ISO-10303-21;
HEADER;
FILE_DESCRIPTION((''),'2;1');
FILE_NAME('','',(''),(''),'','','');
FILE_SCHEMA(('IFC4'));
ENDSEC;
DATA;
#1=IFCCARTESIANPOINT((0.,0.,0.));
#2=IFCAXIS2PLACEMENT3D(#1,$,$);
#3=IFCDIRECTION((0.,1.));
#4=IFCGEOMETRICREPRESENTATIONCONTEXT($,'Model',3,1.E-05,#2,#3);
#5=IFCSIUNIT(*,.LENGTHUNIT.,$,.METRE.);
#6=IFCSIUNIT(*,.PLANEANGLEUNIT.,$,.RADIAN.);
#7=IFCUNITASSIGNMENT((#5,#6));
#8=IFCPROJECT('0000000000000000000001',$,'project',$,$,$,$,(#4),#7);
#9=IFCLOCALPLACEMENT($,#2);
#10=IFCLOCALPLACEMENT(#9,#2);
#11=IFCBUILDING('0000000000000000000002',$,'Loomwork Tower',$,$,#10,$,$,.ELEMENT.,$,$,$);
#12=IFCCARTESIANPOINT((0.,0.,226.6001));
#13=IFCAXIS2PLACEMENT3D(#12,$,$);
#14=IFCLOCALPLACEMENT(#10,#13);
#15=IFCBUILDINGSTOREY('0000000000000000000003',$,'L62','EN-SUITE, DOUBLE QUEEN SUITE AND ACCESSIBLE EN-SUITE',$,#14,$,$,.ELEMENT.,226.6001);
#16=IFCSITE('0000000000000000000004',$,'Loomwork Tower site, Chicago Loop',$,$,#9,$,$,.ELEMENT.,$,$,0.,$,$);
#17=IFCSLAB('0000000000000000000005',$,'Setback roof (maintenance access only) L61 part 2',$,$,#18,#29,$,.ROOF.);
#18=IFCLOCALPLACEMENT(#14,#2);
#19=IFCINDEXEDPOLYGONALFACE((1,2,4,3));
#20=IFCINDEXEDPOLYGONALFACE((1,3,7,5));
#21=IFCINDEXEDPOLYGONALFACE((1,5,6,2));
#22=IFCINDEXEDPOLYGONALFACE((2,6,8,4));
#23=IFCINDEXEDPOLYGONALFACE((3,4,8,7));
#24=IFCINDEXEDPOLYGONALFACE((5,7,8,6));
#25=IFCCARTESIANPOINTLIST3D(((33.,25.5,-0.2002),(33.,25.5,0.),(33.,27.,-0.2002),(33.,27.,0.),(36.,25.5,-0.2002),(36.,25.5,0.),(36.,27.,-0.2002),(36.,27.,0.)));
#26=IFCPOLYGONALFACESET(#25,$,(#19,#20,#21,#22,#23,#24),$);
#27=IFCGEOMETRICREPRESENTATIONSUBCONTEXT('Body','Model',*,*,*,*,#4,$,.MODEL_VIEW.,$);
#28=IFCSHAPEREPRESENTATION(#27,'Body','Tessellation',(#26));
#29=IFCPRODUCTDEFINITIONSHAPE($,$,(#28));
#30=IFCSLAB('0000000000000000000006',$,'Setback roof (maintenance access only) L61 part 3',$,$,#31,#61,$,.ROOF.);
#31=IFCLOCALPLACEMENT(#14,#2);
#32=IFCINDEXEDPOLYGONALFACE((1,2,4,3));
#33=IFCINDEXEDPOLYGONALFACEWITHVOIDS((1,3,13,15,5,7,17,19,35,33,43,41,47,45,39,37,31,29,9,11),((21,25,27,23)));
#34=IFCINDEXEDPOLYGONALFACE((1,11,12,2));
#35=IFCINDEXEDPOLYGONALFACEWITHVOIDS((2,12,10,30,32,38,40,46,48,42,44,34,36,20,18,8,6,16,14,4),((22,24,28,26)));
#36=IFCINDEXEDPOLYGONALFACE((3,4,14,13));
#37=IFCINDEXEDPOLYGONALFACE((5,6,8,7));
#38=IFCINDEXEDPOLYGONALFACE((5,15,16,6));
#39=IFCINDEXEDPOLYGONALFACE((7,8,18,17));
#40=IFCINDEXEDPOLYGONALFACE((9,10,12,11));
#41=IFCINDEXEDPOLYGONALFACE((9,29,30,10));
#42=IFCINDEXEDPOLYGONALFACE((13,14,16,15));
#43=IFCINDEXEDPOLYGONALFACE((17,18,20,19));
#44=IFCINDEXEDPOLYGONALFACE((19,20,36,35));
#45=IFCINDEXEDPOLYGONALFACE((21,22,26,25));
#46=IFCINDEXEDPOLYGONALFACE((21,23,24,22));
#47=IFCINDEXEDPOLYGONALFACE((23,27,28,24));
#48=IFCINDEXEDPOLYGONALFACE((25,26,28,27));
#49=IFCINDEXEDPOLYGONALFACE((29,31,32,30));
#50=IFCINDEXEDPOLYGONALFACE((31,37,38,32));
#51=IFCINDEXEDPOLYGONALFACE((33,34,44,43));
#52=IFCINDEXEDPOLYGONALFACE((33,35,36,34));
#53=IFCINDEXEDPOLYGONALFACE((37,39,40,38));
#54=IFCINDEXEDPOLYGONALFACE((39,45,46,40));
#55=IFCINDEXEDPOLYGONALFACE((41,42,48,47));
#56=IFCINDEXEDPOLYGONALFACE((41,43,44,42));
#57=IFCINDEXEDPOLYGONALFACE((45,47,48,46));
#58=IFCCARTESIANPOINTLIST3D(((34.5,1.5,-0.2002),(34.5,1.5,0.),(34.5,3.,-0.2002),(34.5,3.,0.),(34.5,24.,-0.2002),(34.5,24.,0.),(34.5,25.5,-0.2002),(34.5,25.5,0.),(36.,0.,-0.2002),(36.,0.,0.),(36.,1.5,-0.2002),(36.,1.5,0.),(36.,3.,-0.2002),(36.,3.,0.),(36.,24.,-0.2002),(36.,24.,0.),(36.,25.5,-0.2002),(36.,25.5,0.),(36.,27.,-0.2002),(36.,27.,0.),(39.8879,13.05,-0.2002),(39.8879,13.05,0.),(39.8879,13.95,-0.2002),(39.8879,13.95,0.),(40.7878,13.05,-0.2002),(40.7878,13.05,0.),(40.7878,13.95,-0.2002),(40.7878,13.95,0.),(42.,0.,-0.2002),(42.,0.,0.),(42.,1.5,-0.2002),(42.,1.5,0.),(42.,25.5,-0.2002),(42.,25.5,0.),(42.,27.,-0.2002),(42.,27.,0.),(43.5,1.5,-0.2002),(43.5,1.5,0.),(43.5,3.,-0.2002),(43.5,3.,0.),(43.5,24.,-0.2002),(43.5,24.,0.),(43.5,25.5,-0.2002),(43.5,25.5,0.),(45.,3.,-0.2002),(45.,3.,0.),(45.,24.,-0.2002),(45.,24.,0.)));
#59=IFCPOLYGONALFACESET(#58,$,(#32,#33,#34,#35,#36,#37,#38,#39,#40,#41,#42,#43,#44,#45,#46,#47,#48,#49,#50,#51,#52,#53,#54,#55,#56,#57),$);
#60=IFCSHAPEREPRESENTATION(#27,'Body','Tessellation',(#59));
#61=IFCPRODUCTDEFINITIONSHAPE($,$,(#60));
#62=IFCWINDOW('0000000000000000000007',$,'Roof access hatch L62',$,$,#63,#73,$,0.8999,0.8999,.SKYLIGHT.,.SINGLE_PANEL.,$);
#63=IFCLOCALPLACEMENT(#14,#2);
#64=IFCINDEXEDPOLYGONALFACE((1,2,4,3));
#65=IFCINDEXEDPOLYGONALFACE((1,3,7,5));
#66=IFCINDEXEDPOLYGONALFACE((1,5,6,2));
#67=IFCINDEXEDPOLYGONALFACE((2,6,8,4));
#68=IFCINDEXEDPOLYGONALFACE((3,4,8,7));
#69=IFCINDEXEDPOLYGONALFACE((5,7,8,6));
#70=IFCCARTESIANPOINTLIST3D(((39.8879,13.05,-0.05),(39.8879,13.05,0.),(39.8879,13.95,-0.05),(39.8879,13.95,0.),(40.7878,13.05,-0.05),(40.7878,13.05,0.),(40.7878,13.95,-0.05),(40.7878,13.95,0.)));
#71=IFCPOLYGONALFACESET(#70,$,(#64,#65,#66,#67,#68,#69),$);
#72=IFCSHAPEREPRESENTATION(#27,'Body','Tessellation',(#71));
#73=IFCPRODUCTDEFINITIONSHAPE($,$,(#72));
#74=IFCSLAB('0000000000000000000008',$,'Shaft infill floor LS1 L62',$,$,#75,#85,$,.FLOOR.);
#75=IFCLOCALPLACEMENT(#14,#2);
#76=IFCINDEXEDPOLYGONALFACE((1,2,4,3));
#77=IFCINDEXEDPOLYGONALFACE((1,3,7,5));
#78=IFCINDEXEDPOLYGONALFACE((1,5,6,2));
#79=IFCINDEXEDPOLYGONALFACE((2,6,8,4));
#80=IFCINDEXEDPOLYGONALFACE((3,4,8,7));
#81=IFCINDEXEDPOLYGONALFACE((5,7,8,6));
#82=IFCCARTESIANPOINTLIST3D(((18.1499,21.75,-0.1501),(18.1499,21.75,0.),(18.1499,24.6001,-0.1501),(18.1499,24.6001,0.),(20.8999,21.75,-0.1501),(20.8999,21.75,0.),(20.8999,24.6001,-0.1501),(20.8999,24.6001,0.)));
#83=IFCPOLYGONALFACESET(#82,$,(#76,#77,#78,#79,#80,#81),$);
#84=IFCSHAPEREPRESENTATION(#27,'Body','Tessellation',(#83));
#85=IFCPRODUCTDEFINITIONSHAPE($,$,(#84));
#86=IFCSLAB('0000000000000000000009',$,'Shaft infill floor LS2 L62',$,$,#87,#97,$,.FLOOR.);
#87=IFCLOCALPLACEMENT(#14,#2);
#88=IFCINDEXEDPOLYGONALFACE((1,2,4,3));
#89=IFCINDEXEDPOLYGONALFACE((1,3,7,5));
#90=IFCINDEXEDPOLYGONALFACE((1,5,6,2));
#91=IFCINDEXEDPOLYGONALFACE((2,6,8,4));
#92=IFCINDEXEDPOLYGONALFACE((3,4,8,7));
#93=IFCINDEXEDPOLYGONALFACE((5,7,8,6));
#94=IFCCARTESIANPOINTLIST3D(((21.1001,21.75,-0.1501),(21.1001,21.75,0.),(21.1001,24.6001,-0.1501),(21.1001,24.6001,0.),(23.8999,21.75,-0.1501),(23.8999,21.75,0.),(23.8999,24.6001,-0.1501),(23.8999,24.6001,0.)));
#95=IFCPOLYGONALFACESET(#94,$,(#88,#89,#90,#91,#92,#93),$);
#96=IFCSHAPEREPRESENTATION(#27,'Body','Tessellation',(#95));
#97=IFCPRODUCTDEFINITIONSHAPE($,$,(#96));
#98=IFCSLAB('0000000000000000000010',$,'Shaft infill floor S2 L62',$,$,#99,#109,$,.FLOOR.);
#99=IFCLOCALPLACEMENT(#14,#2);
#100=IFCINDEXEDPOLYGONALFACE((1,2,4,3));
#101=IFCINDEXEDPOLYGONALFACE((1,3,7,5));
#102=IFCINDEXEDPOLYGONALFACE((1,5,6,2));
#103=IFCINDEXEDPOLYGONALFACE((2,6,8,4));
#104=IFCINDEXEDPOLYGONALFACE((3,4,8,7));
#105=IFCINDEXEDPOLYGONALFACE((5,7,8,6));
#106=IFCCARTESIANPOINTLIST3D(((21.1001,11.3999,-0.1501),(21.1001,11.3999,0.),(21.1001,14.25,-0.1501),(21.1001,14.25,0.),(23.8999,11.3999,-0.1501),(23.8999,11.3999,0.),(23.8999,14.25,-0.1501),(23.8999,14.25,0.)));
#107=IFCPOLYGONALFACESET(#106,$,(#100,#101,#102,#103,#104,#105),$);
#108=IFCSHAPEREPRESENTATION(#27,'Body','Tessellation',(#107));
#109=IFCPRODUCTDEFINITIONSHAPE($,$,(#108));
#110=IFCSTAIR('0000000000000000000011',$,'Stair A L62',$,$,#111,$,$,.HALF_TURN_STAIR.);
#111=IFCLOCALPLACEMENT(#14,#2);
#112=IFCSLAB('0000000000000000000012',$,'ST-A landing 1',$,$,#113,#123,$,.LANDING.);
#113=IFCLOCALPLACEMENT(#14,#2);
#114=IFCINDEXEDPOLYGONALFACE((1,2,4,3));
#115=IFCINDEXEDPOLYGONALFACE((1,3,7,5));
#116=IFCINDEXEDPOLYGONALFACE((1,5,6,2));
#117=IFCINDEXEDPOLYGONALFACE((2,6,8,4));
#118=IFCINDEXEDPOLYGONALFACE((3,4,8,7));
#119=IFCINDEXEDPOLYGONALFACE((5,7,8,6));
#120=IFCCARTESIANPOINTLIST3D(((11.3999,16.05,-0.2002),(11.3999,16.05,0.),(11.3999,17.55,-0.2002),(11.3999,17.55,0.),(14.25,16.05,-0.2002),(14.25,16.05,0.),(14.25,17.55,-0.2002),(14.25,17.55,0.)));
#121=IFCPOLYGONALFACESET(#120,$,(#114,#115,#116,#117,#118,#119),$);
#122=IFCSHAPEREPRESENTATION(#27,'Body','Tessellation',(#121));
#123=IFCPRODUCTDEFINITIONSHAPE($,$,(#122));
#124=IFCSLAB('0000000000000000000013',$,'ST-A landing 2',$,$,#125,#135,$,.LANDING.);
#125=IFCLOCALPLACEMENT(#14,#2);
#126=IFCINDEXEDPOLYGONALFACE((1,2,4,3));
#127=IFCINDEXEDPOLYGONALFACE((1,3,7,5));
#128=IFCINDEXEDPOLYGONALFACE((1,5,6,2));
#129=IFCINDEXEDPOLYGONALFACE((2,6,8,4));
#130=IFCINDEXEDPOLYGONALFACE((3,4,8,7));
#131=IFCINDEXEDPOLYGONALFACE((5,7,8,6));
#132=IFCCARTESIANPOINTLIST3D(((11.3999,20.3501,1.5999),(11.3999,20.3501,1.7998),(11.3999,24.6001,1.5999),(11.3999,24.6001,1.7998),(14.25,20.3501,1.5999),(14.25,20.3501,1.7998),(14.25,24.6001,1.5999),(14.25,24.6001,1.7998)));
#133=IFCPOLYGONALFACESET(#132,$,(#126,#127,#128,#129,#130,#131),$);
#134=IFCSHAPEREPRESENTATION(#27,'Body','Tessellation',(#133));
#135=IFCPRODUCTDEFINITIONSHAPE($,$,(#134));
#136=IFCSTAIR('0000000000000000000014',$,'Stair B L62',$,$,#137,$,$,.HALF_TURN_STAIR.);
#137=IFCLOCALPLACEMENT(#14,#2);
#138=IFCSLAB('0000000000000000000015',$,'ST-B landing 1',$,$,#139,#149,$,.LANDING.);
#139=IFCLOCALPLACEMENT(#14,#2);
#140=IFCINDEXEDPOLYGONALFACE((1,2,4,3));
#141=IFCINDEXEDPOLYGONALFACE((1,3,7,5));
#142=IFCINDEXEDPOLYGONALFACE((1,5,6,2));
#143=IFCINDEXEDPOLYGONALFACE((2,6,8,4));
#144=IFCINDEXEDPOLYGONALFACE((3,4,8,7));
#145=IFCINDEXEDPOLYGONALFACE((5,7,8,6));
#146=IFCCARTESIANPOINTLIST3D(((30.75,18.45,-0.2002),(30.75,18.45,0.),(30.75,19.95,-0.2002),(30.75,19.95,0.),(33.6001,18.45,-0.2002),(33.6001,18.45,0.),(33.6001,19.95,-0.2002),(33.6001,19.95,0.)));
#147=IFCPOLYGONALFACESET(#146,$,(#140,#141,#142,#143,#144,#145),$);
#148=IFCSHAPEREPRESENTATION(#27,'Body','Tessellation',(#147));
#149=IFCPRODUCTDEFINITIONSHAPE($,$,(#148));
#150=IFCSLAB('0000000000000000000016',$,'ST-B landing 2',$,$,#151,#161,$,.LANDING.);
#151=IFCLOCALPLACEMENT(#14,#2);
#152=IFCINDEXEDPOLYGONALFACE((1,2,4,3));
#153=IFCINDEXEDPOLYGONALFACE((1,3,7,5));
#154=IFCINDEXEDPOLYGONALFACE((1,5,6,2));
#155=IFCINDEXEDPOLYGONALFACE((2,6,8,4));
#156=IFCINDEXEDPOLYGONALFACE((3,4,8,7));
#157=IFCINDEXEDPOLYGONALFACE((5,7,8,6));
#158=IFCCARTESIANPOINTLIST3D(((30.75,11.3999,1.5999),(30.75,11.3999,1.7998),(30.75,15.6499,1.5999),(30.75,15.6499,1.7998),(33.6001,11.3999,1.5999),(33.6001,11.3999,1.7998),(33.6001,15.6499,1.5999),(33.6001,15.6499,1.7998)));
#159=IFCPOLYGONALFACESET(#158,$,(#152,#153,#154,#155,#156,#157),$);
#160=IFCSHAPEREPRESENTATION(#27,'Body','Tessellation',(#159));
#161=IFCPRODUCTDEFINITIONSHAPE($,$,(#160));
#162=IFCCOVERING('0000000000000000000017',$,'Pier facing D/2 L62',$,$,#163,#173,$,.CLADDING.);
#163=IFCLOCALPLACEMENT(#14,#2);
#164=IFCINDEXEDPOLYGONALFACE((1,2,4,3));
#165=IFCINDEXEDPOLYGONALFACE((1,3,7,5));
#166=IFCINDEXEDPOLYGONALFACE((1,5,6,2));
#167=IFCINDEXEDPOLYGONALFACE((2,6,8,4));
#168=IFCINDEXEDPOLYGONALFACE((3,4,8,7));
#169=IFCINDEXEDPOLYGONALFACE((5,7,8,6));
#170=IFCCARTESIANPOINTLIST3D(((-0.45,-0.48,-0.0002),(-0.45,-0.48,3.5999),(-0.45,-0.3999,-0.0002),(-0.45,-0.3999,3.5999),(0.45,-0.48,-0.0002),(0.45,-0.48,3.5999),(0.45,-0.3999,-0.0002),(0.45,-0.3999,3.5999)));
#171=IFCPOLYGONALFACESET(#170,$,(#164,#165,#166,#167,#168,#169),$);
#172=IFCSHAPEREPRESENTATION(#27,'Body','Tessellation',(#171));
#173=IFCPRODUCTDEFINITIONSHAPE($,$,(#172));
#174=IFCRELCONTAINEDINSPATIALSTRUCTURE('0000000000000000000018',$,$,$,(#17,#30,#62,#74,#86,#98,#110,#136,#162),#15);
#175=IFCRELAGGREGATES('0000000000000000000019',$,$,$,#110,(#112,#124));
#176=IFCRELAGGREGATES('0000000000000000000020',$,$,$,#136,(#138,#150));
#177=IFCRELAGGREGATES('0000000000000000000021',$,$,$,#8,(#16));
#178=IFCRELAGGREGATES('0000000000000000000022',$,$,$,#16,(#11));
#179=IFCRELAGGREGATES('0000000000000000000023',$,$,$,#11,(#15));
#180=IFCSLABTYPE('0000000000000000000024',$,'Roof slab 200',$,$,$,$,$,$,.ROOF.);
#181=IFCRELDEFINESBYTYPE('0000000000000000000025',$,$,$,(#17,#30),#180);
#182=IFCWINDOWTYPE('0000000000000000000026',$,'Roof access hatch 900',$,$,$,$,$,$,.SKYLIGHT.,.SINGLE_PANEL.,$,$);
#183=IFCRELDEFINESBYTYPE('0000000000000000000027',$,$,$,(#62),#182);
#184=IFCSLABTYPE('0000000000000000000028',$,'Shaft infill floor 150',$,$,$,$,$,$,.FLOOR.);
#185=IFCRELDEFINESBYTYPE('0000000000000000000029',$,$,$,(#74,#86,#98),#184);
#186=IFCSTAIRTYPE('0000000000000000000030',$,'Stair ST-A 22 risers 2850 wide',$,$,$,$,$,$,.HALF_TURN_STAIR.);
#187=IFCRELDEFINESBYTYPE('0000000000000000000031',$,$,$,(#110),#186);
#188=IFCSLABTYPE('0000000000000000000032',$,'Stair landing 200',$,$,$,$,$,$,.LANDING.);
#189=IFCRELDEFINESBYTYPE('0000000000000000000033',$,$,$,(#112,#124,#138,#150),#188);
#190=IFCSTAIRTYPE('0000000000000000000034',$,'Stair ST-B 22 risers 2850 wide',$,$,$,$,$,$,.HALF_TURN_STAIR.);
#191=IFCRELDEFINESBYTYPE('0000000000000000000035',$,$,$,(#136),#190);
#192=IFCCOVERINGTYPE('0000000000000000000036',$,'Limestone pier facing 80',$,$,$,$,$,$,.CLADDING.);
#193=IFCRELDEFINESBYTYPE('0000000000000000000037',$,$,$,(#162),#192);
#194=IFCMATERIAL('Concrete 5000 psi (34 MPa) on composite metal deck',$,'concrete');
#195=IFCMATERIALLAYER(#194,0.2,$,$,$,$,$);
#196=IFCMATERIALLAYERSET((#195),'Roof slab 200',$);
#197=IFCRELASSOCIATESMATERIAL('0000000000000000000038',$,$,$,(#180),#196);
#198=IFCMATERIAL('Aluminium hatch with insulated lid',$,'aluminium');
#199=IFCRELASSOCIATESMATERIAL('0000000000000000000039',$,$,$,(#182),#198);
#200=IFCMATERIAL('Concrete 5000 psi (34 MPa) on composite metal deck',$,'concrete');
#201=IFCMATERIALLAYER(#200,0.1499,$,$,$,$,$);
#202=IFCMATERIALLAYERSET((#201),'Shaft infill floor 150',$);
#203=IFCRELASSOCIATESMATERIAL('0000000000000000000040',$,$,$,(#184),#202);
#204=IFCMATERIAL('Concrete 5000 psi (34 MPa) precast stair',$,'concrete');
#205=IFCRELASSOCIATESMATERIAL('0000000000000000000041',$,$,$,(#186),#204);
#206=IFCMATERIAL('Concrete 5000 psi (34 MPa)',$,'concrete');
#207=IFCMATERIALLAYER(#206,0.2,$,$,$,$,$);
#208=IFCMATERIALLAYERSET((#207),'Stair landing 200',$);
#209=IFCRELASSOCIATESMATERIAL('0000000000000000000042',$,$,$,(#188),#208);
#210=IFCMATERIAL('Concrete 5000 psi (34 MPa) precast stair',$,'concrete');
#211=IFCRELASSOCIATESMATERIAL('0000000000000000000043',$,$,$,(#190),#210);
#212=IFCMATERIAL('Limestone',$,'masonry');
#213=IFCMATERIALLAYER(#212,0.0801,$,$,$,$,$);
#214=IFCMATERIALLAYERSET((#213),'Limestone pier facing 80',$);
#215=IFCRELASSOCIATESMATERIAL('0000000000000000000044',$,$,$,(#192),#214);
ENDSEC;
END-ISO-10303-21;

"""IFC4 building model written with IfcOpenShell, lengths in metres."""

from ifc_helpers import new_model, si_unit, direction, frame, origin, origin_2d, place, context, subcontext, project, spatial, polyline, rectangle, outline, extrude, material, layer, layer_set, type_object, element, fill, aggregate, save


model = new_model("IFC4")

# Units and contexts
model_context = context("Model", 3, precision=1e-05, world=origin(), true_north=direction((0.0, 1.0)))
body_context = subcontext(model_context, "Body", "Model", "MODEL_VIEW")
ifc_project = project(units=[si_unit("LENGTHUNIT", "METRE"), si_unit("PLANEANGLEUNIT", "RADIAN")], contexts=[model_context])

# Site, building, storey
site_placement = place(None, origin())
site = spatial("IfcSite", under=ifc_project, at=site_placement, Name="Loomwork Tower site, Chicago Loop", CompositionType="ELEMENT", RefElevation=0.0)
building_placement = place(site_placement, origin())
building = spatial("IfcBuilding", under=site, at=building_placement, Name="Loomwork Tower", CompositionType="ELEMENT")
storey_placement = place(building_placement, frame((0.0, 0.0, 226.6001)))
storey = spatial("IfcBuildingStorey", under=building, at=storey_placement, Name="L62", Description="EN-SUITE, DOUBLE QUEEN SUITE AND ACCESSIBLE EN-SUITE", CompositionType="ELEMENT", Elevation=226.6001)

# Slab
ifc_material_1 = material(Name="Concrete 5000 psi (34 MPa) on composite metal deck", Category="concrete")
ifc_layer_1 = layer(ifc_material_1, 0.2)
ifc_layer_set_1 = layer_set([ifc_layer_1], Name="Roof slab 200")
slab_type_1 = type_object("IfcSlabType", Name="Roof slab 200", PredefinedType="ROOF", material=ifc_layer_set_1)
slab_1_placement = place(storey_placement, frame((0.0, 0.0, -0.2002)))
element("IfcSlab", 1, at=slab_1_placement, inside=storey, type_object=slab_type_1, Name="Setback roof (maintenance access only) L61 part 2", PredefinedType="ROOF", context=body_context, shape_type="SweptSolid", body=[
    extrude(outline(polyline([(36.0, 25.5), (33.0, 25.5), (33.0, 27.0), (36.0, 27.0), (36.0, 25.5)])), origin(), (0.0, 0.0, 1.0), 0.2002),
])

# Slab, opening, window
slab_2_placement = place(storey_placement, frame((0.0, 0.0, -0.2002)))
slab_2 = element("IfcSlab", 2, at=slab_2_placement, inside=storey, type_object=slab_type_1, Name="Setback roof (maintenance access only) L61 part 3", PredefinedType="ROOF", context=body_context, shape_type="SweptSolid", body=[
    extrude(outline(polyline([(34.5, 1.5), (34.5, 3.0), (36.0, 3.0), (36.0, 24.0), (34.5, 24.0), (34.5, 25.5), (36.0, 25.5), (36.0, 27.0), (42.0, 27.0), (42.0, 25.5), (43.5, 25.5), (43.5, 24.0), (45.0, 24.0), (45.0, 3.0), (43.5, 3.0), (43.5, 1.5), (42.0, 1.5), (42.0, 0.0), (36.0, 0.0), (36.0, 1.5), (34.5, 1.5)])), origin(), (0.0, 0.0, 1.0), 0.2002),
])
opening_placement = place(slab_2_placement, frame((40.3379, 13.5, 0.0)))
opening = element("IfcOpeningElement", 3, at=opening_placement, cuts=slab_2, PredefinedType="OPENING", context=body_context, shape_type="SweptSolid", body=[
    extrude(rectangle(XDim=0.8999, YDim=0.8999, at=origin_2d()), origin(), (0.0, 0.0, 1.0), 0.2002),
])
ifc_material_2 = material(Name="Aluminium hatch with insulated lid", Category="aluminium")
window_type = type_object("IfcWindowType", Name="Roof access hatch 900", PartitioningType="SINGLE_PANEL", PredefinedType="SKYLIGHT", material=ifc_material_2)
window_placement = place(opening_placement, frame((0.0, 0.0, 0.1501)))
window = element("IfcWindow", 4, at=window_placement, inside=storey, type_object=window_type, Name="Roof access hatch L62", OverallHeight=0.8999, OverallWidth=0.8999, PartitioningType="SINGLE_PANEL", PredefinedType="SKYLIGHT", context=body_context, shape_type="SweptSolid", body=[
    extrude(rectangle(XDim=0.8999, YDim=0.8999, at=origin_2d()), origin(), (0.0, 0.0, 1.0), 0.05),
])
fill(opening, window)

# Slabs
ifc_material_3 = material(Name="Concrete 5000 psi (34 MPa) on composite metal deck", Category="concrete")
ifc_layer_2 = layer(ifc_material_3, 0.1499)
ifc_layer_set_2 = layer_set([ifc_layer_2], Name="Shaft infill floor 150")
slab_type_2 = type_object("IfcSlabType", Name="Shaft infill floor 150", PredefinedType="FLOOR", material=ifc_layer_set_2)
slab_3_placement = place(storey_placement, frame((0.0, 0.0, -0.1501)))
element("IfcSlab", 5, at=slab_3_placement, inside=storey, type_object=slab_type_2, Name="Shaft infill floor LS1 L62", PredefinedType="FLOOR", context=body_context, shape_type="SweptSolid", body=[
    extrude(outline(polyline([(18.1499, 21.75), (20.8999, 21.75), (20.8999, 24.6001), (18.1499, 24.6001), (18.1499, 21.75)])), origin(), (0.0, 0.0, 1.0), 0.1501),
])
slab_4_placement = place(storey_placement, frame((0.0, 0.0, -0.1501)))
element("IfcSlab", 6, at=slab_4_placement, inside=storey, type_object=slab_type_2, Name="Shaft infill floor LS2 L62", PredefinedType="FLOOR", context=body_context, shape_type="SweptSolid", body=[
    extrude(outline(polyline([(21.1001, 21.75), (23.8999, 21.75), (23.8999, 24.6001), (21.1001, 24.6001), (21.1001, 21.75)])), origin(), (0.0, 0.0, 1.0), 0.1501),
])
slab_5_placement = place(storey_placement, frame((0.0, 0.0, -0.1501)))
element("IfcSlab", 7, at=slab_5_placement, inside=storey, type_object=slab_type_2, Name="Shaft infill floor S2 L62", PredefinedType="FLOOR", context=body_context, shape_type="SweptSolid", body=[
    extrude(outline(polyline([(21.1001, 11.3999), (23.8999, 11.3999), (23.8999, 14.25), (21.1001, 14.25), (21.1001, 11.3999)])), origin(), (0.0, 0.0, 1.0), 0.1501),
])

# Stairs, slabs
ifc_material_4 = material(Name="Concrete 5000 psi (34 MPa) precast stair", Category="concrete")
stair_type_1 = type_object("IfcStairType", Name="Stair ST-A 22 risers 2850 wide", PredefinedType="HALF_TURN_STAIR", material=ifc_material_4)
stair_1_placement = place(storey_placement, origin())
stair_1 = element("IfcStair", 8, at=stair_1_placement, inside=storey, type_object=stair_type_1, Name="Stair A L62", PredefinedType="HALF_TURN_STAIR")
ifc_material_5 = material(Name="Concrete 5000 psi (34 MPa)", Category="concrete")
ifc_layer_3 = layer(ifc_material_5, 0.2)
ifc_layer_set_3 = layer_set([ifc_layer_3], Name="Stair landing 200")
slab_type_3 = type_object("IfcSlabType", Name="Stair landing 200", PredefinedType="LANDING", material=ifc_layer_set_3)
slab_6_placement = place(storey_placement, frame((0.0, 0.0, -0.2002)))
slab_6 = element("IfcSlab", 9, at=slab_6_placement, type_object=slab_type_3, Name="ST-A landing 1", PredefinedType="LANDING", context=body_context, shape_type="SweptSolid", body=[
    extrude(outline(polyline([(11.3999, 16.05), (14.25, 16.05), (14.25, 17.55), (11.3999, 17.55), (11.3999, 16.05)])), origin(), (0.0, 0.0, 1.0), 0.2002),
])
slab_7_placement = place(storey_placement, frame((0.0, 0.0, 1.5999)))
slab_7 = element("IfcSlab", 10, at=slab_7_placement, type_object=slab_type_3, Name="ST-A landing 2", PredefinedType="LANDING", context=body_context, shape_type="SweptSolid", body=[
    extrude(outline(polyline([(11.3999, 20.3501), (14.25, 20.3501), (14.25, 24.6001), (11.3999, 24.6001), (11.3999, 20.3501)])), origin(), (0.0, 0.0, 1.0), 0.2),
])
aggregate(stair_1, [slab_6, slab_7])
ifc_material_6 = material(Name="Concrete 5000 psi (34 MPa) precast stair", Category="concrete")
stair_type_2 = type_object("IfcStairType", Name="Stair ST-B 22 risers 2850 wide", PredefinedType="HALF_TURN_STAIR", material=ifc_material_6)
stair_2_placement = place(storey_placement, origin())
stair_2 = element("IfcStair", 11, at=stair_2_placement, inside=storey, type_object=stair_type_2, Name="Stair B L62", PredefinedType="HALF_TURN_STAIR")
slab_8_placement = place(storey_placement, frame((0.0, 0.0, -0.2002)))
slab_8 = element("IfcSlab", 12, at=slab_8_placement, type_object=slab_type_3, Name="ST-B landing 1", PredefinedType="LANDING", context=body_context, shape_type="SweptSolid", body=[
    extrude(outline(polyline([(30.75, 18.45), (33.6001, 18.45), (33.6001, 19.95), (30.75, 19.95), (30.75, 18.45)])), origin(), (0.0, 0.0, 1.0), 0.2002),
])
slab_9_placement = place(storey_placement, frame((0.0, 0.0, 1.5999)))
slab_9 = element("IfcSlab", 13, at=slab_9_placement, type_object=slab_type_3, Name="ST-B landing 2", PredefinedType="LANDING", context=body_context, shape_type="SweptSolid", body=[
    extrude(outline(polyline([(30.75, 11.3999), (33.6001, 11.3999), (33.6001, 15.6499), (30.75, 15.6499), (30.75, 11.3999)])), origin(), (0.0, 0.0, 1.0), 0.2),
])
aggregate(stair_2, [slab_8, slab_9])

# Covering
ifc_material_7 = material(Name="Limestone", Category="masonry")
ifc_layer_4 = layer(ifc_material_7, 0.0801)
ifc_layer_set_4 = layer_set([ifc_layer_4], Name="Limestone pier facing 80")
covering_type_1 = type_object("IfcCoveringType", Name="Limestone pier facing 80", PredefinedType="CLADDING", material=ifc_layer_set_4)
covering_1_placement = place(storey_placement, frame((0.0, -0.4399, -0.0002), z_axis=(0.0, 0.0, 1.0), x_axis=(1.0, 0.0, 0.0)))
element("IfcCovering", 14, at=covering_1_placement, inside=storey, type_object=covering_type_1, Name="Pier facing D/2 L62", PredefinedType="CLADDING", context=body_context, shape_type="SweptSolid", body=[
    extrude(rectangle(XDim=0.8999, YDim=0.0801, at=origin_2d()), origin(), (0.0, 0.0, 1.0), 3.6001),
])

save(model, "model.ifc")
